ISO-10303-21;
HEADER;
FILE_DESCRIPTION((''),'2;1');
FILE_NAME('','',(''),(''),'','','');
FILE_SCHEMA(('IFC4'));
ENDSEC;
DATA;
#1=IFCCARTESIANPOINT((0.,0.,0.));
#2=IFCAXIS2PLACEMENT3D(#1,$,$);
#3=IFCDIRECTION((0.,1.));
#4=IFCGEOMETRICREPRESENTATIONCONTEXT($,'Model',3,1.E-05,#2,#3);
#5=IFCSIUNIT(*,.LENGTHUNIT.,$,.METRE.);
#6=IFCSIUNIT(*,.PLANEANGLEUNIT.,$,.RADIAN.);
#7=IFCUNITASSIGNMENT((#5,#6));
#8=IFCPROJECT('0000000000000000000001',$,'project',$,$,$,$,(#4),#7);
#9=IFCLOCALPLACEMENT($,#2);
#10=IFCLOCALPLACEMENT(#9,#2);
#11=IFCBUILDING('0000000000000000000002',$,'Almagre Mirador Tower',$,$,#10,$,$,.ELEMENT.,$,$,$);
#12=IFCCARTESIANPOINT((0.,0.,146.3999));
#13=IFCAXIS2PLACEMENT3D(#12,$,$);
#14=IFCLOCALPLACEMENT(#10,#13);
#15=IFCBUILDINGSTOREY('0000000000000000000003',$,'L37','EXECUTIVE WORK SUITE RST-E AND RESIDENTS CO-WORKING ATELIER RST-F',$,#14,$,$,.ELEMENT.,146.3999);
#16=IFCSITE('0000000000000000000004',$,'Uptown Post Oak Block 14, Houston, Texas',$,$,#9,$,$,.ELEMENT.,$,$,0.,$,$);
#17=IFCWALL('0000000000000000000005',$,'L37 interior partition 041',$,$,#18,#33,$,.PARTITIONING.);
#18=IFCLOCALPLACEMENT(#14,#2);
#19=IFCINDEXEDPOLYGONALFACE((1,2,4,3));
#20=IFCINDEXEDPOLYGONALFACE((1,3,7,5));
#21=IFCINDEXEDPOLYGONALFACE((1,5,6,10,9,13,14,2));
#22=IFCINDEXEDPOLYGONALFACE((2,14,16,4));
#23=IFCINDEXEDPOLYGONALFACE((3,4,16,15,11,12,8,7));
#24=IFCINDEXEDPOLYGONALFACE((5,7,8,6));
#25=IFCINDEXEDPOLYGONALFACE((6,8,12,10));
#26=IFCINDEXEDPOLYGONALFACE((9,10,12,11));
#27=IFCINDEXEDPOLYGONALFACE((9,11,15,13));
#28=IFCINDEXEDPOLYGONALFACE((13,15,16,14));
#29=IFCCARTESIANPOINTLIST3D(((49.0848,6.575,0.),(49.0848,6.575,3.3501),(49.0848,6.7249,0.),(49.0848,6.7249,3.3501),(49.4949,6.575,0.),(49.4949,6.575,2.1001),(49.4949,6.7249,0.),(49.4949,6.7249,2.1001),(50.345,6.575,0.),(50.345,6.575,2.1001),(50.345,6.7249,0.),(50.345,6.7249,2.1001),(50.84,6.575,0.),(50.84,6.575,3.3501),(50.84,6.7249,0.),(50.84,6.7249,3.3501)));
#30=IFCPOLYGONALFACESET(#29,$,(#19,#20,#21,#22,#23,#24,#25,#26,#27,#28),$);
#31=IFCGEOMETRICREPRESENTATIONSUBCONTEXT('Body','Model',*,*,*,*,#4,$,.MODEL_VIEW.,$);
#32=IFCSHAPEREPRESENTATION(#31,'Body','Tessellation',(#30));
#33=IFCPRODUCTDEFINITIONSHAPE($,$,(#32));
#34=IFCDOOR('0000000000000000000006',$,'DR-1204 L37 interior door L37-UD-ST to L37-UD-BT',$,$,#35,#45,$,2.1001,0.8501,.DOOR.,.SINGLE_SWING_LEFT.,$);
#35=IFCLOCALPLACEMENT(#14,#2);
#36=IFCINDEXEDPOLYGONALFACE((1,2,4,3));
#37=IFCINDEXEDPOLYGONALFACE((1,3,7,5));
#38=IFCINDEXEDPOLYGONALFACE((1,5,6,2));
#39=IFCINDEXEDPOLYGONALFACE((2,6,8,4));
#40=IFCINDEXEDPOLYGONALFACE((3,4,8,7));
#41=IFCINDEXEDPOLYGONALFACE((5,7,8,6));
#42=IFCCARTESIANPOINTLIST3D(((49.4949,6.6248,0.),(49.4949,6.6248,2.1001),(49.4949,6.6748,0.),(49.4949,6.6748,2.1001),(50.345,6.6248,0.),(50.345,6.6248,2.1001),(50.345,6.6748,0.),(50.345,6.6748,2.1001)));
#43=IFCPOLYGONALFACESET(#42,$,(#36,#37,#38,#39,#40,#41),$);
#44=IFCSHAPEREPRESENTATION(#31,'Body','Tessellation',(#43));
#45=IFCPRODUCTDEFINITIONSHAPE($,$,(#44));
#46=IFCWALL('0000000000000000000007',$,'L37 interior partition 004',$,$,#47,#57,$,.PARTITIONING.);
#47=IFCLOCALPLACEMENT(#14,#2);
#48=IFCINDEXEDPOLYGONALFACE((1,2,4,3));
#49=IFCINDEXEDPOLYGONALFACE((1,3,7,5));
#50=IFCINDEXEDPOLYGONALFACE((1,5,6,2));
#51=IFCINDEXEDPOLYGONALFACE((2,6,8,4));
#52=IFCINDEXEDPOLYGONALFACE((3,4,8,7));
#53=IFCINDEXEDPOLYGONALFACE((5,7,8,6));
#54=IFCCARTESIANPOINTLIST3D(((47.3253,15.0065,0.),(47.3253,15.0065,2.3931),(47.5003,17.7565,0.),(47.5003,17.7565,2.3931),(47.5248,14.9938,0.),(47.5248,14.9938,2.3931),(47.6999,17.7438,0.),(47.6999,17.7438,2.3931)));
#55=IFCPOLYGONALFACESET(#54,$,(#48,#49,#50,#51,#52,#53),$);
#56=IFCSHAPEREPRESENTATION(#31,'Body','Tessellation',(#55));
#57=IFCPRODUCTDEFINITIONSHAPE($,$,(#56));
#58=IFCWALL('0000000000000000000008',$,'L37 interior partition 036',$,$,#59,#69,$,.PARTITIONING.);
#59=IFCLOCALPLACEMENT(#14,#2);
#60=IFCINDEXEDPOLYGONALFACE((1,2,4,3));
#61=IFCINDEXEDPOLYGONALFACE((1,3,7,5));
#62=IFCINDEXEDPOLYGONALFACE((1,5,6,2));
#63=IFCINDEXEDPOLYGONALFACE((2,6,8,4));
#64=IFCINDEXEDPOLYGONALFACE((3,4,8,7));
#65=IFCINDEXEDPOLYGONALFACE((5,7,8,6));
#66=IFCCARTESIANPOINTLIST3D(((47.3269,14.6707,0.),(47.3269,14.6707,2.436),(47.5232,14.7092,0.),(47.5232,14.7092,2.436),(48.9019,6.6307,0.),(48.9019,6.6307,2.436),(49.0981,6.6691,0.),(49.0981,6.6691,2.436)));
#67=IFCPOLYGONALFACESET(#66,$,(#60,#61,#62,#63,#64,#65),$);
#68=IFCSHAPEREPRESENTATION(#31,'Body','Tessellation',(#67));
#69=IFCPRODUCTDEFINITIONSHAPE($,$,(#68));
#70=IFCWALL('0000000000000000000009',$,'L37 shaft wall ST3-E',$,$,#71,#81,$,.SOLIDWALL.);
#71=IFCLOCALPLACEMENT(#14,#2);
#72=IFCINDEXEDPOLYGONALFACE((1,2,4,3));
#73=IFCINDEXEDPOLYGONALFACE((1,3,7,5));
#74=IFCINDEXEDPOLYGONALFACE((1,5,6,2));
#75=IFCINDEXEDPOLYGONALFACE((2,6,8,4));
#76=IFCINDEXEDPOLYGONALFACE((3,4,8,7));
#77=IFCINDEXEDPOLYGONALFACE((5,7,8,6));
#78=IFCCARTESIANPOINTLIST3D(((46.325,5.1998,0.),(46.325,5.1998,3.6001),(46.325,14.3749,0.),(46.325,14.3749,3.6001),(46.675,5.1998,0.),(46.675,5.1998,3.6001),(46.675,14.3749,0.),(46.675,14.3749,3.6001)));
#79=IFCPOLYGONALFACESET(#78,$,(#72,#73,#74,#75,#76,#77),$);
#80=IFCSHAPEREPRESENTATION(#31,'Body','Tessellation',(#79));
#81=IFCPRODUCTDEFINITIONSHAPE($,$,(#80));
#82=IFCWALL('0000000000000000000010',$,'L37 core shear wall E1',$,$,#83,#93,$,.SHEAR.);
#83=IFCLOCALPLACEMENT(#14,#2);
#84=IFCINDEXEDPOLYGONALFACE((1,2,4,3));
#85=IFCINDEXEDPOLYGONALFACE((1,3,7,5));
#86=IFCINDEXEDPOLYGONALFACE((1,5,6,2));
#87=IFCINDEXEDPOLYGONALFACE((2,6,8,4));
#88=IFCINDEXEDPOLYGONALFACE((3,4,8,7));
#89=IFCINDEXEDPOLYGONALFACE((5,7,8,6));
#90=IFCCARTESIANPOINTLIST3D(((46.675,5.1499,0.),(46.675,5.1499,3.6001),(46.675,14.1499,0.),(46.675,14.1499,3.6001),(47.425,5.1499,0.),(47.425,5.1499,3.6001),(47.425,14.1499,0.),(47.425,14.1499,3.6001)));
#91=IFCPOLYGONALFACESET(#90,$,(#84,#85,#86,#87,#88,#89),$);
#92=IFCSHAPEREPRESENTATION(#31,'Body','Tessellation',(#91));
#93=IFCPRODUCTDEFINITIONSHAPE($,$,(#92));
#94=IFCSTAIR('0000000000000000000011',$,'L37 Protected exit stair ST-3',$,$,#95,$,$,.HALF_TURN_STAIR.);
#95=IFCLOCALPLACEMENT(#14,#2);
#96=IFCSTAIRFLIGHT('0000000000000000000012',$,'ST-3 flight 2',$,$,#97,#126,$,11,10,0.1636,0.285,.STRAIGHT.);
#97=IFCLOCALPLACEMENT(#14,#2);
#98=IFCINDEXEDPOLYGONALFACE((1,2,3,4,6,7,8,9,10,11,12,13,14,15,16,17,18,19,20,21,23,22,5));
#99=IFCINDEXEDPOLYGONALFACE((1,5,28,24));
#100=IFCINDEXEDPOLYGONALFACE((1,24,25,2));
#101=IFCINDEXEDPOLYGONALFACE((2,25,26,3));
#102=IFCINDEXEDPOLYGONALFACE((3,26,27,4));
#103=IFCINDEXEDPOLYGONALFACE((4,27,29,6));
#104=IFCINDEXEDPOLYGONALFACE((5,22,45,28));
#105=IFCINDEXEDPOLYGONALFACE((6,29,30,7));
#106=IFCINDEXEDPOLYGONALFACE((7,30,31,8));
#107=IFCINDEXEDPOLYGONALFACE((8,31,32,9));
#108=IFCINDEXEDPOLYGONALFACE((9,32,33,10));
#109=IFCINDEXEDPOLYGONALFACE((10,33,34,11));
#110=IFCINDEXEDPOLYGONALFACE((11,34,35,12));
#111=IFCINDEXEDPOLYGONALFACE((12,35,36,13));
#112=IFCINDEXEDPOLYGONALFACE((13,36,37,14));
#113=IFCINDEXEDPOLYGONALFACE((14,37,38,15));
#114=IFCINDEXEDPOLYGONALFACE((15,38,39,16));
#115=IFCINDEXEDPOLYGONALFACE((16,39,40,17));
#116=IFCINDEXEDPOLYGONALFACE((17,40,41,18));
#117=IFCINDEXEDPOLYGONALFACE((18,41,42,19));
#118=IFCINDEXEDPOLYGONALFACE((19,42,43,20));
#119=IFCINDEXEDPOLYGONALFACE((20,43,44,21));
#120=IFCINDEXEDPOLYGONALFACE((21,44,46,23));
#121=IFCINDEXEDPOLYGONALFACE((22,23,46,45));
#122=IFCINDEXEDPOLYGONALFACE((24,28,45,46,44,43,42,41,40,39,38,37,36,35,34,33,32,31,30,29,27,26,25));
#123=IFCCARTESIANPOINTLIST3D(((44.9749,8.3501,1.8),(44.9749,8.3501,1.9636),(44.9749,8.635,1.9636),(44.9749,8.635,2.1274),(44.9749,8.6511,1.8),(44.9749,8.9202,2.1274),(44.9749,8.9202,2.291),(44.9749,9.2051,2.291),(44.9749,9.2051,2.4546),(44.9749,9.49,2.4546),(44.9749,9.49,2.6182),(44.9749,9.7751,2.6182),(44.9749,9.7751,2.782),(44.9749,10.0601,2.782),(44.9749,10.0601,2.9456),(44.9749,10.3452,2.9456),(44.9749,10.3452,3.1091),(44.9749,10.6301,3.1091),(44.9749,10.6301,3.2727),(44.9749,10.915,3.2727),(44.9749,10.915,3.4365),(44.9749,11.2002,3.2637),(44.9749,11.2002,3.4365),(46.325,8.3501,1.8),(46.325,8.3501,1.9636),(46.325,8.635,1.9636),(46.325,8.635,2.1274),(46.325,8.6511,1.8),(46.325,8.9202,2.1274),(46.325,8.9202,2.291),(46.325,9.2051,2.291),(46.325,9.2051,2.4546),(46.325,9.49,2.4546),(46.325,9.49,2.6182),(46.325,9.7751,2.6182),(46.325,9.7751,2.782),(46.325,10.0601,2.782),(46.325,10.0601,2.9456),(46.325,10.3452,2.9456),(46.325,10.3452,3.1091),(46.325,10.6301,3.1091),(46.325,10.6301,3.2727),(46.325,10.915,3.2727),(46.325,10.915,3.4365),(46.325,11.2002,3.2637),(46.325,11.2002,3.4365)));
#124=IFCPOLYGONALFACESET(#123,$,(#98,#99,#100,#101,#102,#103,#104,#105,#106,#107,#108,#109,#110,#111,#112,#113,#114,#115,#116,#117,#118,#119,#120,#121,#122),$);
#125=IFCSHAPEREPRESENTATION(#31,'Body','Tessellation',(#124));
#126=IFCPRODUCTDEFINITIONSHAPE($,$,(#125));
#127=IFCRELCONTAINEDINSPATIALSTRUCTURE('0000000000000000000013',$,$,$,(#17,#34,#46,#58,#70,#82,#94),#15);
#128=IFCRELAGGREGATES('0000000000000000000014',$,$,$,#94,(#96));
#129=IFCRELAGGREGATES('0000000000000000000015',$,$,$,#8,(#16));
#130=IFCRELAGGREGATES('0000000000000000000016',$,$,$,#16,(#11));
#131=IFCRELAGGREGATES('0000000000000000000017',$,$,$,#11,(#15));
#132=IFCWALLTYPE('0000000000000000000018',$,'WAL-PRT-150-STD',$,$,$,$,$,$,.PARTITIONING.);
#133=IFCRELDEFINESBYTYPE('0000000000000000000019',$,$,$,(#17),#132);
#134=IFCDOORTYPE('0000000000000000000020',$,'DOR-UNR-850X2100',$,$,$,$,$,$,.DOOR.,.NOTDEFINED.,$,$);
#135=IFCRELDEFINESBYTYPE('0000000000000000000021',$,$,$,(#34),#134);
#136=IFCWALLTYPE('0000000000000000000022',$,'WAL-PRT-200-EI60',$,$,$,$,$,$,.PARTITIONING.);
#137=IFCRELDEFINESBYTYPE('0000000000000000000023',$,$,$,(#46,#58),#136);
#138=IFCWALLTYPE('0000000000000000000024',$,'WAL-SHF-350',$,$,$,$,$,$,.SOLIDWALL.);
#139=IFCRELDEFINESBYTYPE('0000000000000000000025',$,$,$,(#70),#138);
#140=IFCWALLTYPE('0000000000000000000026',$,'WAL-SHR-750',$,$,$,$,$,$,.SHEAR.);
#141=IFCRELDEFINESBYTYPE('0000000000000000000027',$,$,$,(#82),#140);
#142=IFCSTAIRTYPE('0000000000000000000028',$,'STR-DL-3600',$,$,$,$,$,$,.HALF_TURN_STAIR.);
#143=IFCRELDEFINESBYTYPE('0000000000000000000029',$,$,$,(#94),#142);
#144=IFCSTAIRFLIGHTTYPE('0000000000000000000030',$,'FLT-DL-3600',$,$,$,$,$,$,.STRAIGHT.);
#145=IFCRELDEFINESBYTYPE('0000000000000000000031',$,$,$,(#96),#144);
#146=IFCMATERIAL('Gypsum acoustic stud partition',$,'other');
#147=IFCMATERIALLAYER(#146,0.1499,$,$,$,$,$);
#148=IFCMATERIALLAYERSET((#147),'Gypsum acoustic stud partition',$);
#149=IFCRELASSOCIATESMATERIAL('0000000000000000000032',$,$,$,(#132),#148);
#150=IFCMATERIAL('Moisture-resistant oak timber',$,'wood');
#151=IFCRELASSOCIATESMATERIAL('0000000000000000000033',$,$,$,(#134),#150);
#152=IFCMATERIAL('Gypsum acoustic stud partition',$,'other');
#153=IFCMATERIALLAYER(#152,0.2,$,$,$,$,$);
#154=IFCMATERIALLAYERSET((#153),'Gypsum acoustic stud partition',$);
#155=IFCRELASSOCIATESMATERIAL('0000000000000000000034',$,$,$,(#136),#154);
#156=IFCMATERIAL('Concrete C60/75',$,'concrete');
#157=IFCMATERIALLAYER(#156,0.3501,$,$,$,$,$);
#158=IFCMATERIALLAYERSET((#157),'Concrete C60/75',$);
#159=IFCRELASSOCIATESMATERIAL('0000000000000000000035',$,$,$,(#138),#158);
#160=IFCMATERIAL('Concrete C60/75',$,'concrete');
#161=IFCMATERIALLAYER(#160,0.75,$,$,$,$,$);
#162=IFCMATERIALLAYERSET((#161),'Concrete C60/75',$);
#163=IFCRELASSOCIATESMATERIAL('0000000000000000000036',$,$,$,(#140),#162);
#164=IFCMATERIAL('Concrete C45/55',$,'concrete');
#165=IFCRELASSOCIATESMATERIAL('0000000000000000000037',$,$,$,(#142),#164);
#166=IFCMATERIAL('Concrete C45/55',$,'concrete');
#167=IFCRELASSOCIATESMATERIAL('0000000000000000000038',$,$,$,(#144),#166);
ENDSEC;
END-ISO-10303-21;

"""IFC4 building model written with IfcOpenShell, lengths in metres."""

from ifc_helpers import new_model, si_unit, direction, frame, frame_2d, origin, place, context, subcontext, project, spatial, polyline, rectangle, outline, extrude, material, layer, layer_set, type_object, element, fill, aggregate, save


model = new_model("IFC4")

# Units and contexts
model_context = context("Model", 3, precision=1e-05, world=origin(), true_north=direction((0.0, 1.0)))
body_context = subcontext(model_context, "Body", "Model", "MODEL_VIEW")
ifc_project = project(units=[si_unit("LENGTHUNIT", "METRE"), si_unit("PLANEANGLEUNIT", "RADIAN")], contexts=[model_context])

# Site, building, storey
site_placement = place(None, origin())
site = spatial("IfcSite", under=ifc_project, at=site_placement, Name="Uptown Post Oak Block 14, Houston, Texas", CompositionType="ELEMENT", RefElevation=0.0)
building_placement = place(site_placement, origin())
building = spatial("IfcBuilding", under=site, at=building_placement, Name="Almagre Mirador Tower", CompositionType="ELEMENT")
storey_placement = place(building_placement, frame((0.0, 0.0, 146.3999)))
storey = spatial("IfcBuildingStorey", under=building, at=storey_placement, Name="L37", Description="EXECUTIVE WORK SUITE RST-E AND RESIDENTS CO-WORKING ATELIER RST-F", CompositionType="ELEMENT", Elevation=146.3999)

# Wall, opening, door
ifc_material_1 = material(Name="Gypsum acoustic stud partition", Category="other")
ifc_layer_1 = layer(ifc_material_1, 0.1499)
ifc_layer_set_1 = layer_set([ifc_layer_1], Name="Gypsum acoustic stud partition")
wall_type_1 = type_object("IfcWallType", Name="WAL-PRT-150-STD", PredefinedType="PARTITIONING", material=ifc_layer_set_1)
wall_1_placement = place(storey_placement, frame((49.085, 6.6499, 0.0), z_axis=(0.0, 0.0, 1.0), x_axis=(1.0, 0.0, 0.0)))
wall_1 = element("IfcWall", 1, at=wall_1_placement, inside=storey, type_object=wall_type_1, Name="L37 interior partition 041", PredefinedType="PARTITIONING", context=body_context, shape_type="SweptSolid", body=[
    extrude(rectangle(XDim=1.7551, YDim=0.1499, at=frame_2d((0.8774, 0.0))), origin(), (0.0, 0.0, 1.0), 3.3501),
])
opening_placement = place(wall_1_placement, frame((0.4099, 0.0, 0.0)))
opening = element("IfcOpeningElement", 2, at=opening_placement, cuts=wall_1, PredefinedType="OPENING", context=body_context, shape_type="SweptSolid", body=[
    extrude(rectangle(XDim=0.8501, YDim=2.1001, at=frame_2d((0.425, 1.05))), frame((0.0, 0.085, 0.0), z_axis=(0.0, -1.0, 0.0), x_axis=(1.0, 0.0, 0.0)), (0.0, 0.0, 1.0), 0.1699),
])
ifc_material_2 = material(Name="Moisture-resistant oak timber", Category="wood")
door_type = type_object("IfcDoorType", Name="DOR-UNR-850X2100", OperationType="NOTDEFINED", PredefinedType="DOOR", material=ifc_material_2)
door_placement = place(opening_placement, origin())
door = element("IfcDoor", 3, at=door_placement, inside=storey, type_object=door_type, Name="DR-1204 L37 interior door L37-UD-ST to L37-UD-BT", OperationType="SINGLE_SWING_LEFT", OverallHeight=2.1001, OverallWidth=0.8501, PredefinedType="DOOR", context=body_context, shape_type="SweptSolid", body=[
    extrude(rectangle(XDim=0.8501, YDim=2.1001, at=frame_2d((0.425, 1.05))), frame((0.0, 0.0249, 0.0), z_axis=(0.0, -1.0, 0.0), x_axis=(1.0, 0.0, 0.0)), (0.0, 0.0, 1.0), 0.05),
])
fill(opening, door)

# Walls
ifc_material_3 = material(Name="Gypsum acoustic stud partition", Category="other")
ifc_layer_2 = layer(ifc_material_3, 0.2)
ifc_layer_set_2 = layer_set([ifc_layer_2], Name="Gypsum acoustic stud partition")
wall_type_2 = type_object("IfcWallType", Name="WAL-PRT-200-EI60", PredefinedType="PARTITIONING", material=ifc_layer_set_2)
wall_2_placement = place(storey_placement, frame((47.425, 15.0, 0.0), z_axis=(0.0, 0.0, 1.0), x_axis=(0.063526, 0.99798, 0.0)))
element("IfcWall", 4, at=wall_2_placement, inside=storey, type_object=wall_type_2, Name="L37 interior partition 004", PredefinedType="PARTITIONING", context=body_context, shape_type="SweptSolid", body=[
    extrude(rectangle(XDim=2.7556, YDim=0.2, at=frame_2d((1.3779, 0.0))), origin(), (0.0, 0.0, 1.0), 2.3931),
])
wall_3_placement = place(storey_placement, frame((49.0, 6.6499, 0.0), z_axis=(0.0, 0.0, 1.0), x_axis=(-0.192235, 0.981349, 0.0)))
element("IfcWall", 5, at=wall_3_placement, inside=storey, type_object=wall_type_2, Name="L37 interior partition 036", PredefinedType="PARTITIONING", context=body_context, shape_type="SweptSolid", body=[
    extrude(rectangle(XDim=8.1929, YDim=0.2, at=frame_2d((4.0964, 0.0))), origin(), (0.0, 0.0, 1.0), 2.436),
])
ifc_material_4 = material(Name="Concrete C60/75", Category="concrete")
ifc_layer_3 = layer(ifc_material_4, 0.3501)
ifc_layer_set_3 = layer_set([ifc_layer_3], Name="Concrete C60/75")
wall_type_3 = type_object("IfcWallType", Name="WAL-SHF-350", PredefinedType="SOLIDWALL", material=ifc_layer_set_3)
wall_4_placement = place(storey_placement, frame((46.5, 5.2, 0.0), z_axis=(0.0, 0.0, 1.0), x_axis=(0.0, 1.0, 0.0)))
element("IfcWall", 6, at=wall_4_placement, inside=storey, type_object=wall_type_3, Name="L37 shaft wall ST3-E", PredefinedType="SOLIDWALL", context=body_context, shape_type="SweptSolid", body=[
    extrude(rectangle(XDim=9.175, YDim=0.3501, at=frame_2d((4.5874, 0.0))), origin(), (0.0, 0.0, 1.0), 3.6001),
])
ifc_material_5 = material(Name="Concrete C60/75", Category="concrete")
ifc_layer_4 = layer(ifc_material_5, 0.75)
ifc_layer_set_4 = layer_set([ifc_layer_4], Name="Concrete C60/75")
wall_type_4 = type_object("IfcWallType", Name="WAL-SHR-750", PredefinedType="SHEAR", material=ifc_layer_set_4)
wall_5_placement = place(storey_placement, frame((47.05, 5.1499, 0.0), z_axis=(0.0, 0.0, 1.0), x_axis=(0.0, 1.0, 0.0)))
element("IfcWall", 7, at=wall_5_placement, inside=storey, type_object=wall_type_4, Name="L37 core shear wall E1", PredefinedType="SHEAR", context=body_context, shape_type="SweptSolid", body=[
    extrude(rectangle(XDim=9.0, YDim=0.75, at=frame_2d((4.5, 0.0))), origin(), (0.0, 0.0, 1.0), 3.6001),
])

# Stair, stair flight
ifc_material_6 = material(Name="Concrete C45/55", Category="concrete")
stair_type = type_object("IfcStairType", Name="STR-DL-3600", PredefinedType="HALF_TURN_STAIR", material=ifc_material_6)
stair_placement = place(storey_placement, origin())
stair = element("IfcStair", 8, at=stair_placement, inside=storey, type_object=stair_type, Name="L37 Protected exit stair ST-3", PredefinedType="HALF_TURN_STAIR")
ifc_material_7 = material(Name="Concrete C45/55", Category="concrete")
stair_flight_type = type_object("IfcStairFlightType", Name="FLT-DL-3600", PredefinedType="STRAIGHT", material=ifc_material_7)
stair_flight_placement = place(storey_placement, frame((45.6499, 8.3501, 1.8), z_axis=(0.0, 0.0, 1.0), x_axis=(0.0, 1.0, 0.0)))
stair_flight = element("IfcStairFlight", 9, at=stair_flight_placement, type_object=stair_flight_type, Name="ST-3 flight 2", NumberOfRisers=11, NumberOfTreads=10, PredefinedType="STRAIGHT", RiserHeight=0.1636, TreadLength=0.285, context=body_context, shape_type="SweptSolid", body=[
    extrude(outline(polyline([(0.0, 0.0), (0.0, 0.1636), (0.2849, 0.1636), (0.2849, 0.3274), (0.5701, 0.3274), (0.5701, 0.491), (0.855, 0.491), (0.855, 0.6545), (1.1399, 0.6545), (1.1399, 0.8181), (1.425, 0.8181), (1.425, 0.9819), (1.71, 0.9819), (1.71, 1.1455), (1.9951, 1.1455), (1.9951, 1.3091), (2.28, 1.3091), (2.28, 1.4727), (2.5649, 1.4727), (2.5649, 1.6365), (2.8501, 1.6365), (2.8501, 1.8), (2.8501, 1.4636), (0.301, 0.0), (0.0, 0.0)])), frame((0.0, 0.675, 0.0), z_axis=(0.0, -1.0, 0.0), x_axis=(1.0, 0.0, 0.0)), (0.0, 0.0, 1.0), 1.3501),
])
aggregate(stair, [stair_flight])

save(model, "model.ifc")
